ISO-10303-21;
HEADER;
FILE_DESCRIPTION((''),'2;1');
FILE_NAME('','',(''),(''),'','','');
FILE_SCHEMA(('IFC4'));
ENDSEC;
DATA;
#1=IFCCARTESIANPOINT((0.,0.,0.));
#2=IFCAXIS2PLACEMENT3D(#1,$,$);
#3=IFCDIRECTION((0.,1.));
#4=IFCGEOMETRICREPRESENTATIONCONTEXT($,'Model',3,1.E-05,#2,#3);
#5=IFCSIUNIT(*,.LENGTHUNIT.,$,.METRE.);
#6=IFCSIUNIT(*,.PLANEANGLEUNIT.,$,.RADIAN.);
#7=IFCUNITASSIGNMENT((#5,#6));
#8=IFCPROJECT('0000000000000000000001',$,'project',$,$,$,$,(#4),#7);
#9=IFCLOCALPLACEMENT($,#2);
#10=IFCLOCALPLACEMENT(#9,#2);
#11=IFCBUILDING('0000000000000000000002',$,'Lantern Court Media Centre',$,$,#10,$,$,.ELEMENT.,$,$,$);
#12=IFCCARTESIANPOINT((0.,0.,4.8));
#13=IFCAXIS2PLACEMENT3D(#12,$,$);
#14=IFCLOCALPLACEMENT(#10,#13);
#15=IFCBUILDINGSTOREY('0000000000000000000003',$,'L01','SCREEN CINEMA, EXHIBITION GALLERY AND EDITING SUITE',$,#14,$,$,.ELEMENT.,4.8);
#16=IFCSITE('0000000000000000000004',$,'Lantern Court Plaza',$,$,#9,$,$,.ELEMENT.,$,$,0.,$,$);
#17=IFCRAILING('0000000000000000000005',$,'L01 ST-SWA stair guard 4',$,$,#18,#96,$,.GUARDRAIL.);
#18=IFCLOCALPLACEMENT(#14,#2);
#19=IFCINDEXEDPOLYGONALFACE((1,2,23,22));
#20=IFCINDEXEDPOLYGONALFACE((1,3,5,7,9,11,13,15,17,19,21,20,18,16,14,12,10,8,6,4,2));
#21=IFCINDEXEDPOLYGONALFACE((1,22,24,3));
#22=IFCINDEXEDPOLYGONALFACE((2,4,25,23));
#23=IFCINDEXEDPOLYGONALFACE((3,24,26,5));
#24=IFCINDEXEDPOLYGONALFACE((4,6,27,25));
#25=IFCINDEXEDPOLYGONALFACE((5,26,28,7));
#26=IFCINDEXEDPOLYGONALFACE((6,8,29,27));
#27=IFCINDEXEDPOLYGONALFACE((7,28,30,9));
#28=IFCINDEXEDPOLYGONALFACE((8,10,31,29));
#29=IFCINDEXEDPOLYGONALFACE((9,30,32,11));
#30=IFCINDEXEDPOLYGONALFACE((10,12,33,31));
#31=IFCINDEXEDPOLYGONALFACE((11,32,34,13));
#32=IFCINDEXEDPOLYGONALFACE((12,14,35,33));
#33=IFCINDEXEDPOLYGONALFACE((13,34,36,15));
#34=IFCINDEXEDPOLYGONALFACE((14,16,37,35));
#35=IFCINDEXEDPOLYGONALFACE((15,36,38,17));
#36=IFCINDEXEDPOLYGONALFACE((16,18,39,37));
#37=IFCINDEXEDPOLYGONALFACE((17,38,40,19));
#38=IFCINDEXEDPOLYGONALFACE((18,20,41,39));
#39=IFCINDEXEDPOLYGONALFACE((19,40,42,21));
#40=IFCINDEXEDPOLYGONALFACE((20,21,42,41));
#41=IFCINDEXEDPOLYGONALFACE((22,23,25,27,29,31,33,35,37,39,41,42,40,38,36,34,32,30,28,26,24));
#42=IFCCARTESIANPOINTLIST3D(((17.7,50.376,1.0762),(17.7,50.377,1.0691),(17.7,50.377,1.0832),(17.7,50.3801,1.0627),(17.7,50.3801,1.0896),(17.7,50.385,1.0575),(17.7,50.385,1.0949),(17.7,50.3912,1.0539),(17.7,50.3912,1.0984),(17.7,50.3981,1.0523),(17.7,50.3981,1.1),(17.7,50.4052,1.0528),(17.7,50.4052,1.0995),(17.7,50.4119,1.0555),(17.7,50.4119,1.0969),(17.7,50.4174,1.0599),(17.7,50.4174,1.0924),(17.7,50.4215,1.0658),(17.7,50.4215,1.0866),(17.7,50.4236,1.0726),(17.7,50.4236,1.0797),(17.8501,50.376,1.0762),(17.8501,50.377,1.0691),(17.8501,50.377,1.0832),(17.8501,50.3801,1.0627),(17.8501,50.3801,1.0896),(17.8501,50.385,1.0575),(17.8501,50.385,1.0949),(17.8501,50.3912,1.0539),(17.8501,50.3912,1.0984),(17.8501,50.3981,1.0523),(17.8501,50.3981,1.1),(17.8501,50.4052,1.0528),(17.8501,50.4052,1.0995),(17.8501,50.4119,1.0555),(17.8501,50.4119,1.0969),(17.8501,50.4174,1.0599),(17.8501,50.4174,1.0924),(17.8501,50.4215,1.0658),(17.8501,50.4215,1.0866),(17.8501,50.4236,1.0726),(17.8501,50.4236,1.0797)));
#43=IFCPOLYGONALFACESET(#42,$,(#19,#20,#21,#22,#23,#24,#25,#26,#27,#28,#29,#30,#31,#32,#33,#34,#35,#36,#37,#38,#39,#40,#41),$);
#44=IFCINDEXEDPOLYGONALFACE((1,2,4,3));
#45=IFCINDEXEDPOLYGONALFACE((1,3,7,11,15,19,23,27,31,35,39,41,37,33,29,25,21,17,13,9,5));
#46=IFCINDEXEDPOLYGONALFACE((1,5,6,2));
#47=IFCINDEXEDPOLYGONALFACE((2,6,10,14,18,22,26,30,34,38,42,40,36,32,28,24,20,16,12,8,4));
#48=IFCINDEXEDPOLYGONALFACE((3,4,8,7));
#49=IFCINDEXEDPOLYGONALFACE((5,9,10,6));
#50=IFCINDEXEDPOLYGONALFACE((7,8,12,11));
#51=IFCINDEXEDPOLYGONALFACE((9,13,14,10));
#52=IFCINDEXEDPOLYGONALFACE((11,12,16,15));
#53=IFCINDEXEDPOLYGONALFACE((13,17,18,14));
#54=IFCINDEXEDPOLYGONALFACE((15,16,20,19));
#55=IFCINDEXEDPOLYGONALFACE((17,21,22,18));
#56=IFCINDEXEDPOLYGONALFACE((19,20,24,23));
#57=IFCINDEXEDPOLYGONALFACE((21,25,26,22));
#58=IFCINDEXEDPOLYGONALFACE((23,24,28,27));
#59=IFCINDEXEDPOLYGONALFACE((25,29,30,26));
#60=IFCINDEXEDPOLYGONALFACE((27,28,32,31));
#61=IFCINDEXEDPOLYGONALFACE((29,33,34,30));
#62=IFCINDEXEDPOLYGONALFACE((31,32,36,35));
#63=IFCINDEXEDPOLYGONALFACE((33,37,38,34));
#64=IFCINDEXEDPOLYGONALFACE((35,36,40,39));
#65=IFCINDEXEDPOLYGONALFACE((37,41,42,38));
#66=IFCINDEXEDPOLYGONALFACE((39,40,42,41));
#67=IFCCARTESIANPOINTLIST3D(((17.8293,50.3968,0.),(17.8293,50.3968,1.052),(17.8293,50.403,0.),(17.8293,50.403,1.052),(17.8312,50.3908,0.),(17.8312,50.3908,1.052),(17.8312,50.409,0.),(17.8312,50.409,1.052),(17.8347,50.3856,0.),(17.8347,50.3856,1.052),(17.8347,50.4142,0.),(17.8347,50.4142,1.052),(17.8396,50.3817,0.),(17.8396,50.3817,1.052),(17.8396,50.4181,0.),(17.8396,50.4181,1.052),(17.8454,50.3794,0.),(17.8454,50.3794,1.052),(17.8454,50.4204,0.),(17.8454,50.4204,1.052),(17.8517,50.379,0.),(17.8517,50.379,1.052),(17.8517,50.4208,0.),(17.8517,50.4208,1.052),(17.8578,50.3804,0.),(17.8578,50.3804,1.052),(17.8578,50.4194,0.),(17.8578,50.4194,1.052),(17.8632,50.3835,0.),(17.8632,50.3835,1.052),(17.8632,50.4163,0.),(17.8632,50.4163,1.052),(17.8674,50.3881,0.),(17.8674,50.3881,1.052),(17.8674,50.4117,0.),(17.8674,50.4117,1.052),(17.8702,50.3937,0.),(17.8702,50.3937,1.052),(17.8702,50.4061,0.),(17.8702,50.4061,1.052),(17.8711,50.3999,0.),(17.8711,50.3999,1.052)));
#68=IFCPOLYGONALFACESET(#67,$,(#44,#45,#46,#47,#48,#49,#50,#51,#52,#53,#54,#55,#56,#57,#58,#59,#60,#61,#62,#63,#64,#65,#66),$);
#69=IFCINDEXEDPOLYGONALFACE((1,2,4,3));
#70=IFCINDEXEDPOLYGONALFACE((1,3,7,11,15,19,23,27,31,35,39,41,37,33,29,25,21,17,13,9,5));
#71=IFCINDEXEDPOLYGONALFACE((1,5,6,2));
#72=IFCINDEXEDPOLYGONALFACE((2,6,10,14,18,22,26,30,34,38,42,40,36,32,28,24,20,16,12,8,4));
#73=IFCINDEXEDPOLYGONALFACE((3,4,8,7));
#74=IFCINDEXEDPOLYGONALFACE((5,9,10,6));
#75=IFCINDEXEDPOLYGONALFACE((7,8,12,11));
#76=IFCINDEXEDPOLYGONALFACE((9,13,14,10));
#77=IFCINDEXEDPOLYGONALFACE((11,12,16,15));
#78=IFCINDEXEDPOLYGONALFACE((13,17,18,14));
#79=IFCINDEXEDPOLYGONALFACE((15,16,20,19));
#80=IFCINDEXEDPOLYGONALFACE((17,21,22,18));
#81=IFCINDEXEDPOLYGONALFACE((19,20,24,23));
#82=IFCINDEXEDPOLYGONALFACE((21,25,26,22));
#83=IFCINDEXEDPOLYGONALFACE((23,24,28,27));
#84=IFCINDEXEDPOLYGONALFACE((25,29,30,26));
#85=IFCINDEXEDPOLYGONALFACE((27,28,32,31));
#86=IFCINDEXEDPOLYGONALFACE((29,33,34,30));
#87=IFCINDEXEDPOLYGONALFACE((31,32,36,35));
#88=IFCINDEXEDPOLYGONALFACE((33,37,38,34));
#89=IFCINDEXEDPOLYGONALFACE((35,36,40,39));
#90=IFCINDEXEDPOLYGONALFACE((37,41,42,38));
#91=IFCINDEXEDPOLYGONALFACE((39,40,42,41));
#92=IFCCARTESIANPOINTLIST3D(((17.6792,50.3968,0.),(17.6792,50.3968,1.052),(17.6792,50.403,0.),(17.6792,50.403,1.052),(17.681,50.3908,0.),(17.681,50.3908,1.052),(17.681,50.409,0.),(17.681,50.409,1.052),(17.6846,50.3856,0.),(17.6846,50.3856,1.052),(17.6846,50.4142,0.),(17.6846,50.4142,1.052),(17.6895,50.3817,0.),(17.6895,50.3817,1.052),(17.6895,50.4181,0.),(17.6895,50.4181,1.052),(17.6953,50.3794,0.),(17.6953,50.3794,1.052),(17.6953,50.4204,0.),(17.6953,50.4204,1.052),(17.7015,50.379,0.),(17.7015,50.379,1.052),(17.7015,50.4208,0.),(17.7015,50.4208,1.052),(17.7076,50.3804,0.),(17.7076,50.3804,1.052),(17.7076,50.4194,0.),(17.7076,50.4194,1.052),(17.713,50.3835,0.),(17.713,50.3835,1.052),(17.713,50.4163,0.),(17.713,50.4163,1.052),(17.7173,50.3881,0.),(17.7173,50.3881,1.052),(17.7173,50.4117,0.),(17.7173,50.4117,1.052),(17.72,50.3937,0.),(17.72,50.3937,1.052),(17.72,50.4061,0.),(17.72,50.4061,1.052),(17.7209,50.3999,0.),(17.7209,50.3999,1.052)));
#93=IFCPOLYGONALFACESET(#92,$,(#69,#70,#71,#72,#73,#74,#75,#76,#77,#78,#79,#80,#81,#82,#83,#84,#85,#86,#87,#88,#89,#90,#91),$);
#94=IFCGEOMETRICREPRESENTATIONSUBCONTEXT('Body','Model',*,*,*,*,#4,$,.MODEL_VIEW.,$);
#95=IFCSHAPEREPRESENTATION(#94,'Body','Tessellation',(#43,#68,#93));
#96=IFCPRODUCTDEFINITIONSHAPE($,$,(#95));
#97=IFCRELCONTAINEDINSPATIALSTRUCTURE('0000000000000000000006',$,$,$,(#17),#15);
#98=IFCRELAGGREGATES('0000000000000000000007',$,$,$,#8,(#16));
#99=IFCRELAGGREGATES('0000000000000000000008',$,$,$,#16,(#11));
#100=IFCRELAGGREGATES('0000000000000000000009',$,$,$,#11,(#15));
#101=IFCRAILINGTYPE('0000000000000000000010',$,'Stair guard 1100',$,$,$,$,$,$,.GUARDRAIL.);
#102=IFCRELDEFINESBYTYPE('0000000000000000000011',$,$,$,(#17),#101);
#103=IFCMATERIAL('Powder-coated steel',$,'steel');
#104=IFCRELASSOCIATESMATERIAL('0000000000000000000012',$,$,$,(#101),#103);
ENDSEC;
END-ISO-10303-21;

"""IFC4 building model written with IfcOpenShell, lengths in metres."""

from ifc_helpers import new_model, si_unit, direction, frame, origin, origin_2d, place, context, subcontext, project, spatial, circle, extrude, material, type_object, element, save


model = new_model("IFC4")

# Units and contexts
model_context = context("Model", 3, precision=1e-05, world=origin(), true_north=direction((0.0, 1.0)))
body_context = subcontext(model_context, "Body", "Model", "MODEL_VIEW")
ifc_project = project(units=[si_unit("LENGTHUNIT", "METRE"), si_unit("PLANEANGLEUNIT", "RADIAN")], contexts=[model_context])

# Site, building, storey
site_placement = place(None, origin())
site = spatial("IfcSite", under=ifc_project, at=site_placement, Name="Lantern Court Plaza", CompositionType="ELEMENT", RefElevation=0.0)
building_placement = place(site_placement, origin())
building = spatial("IfcBuilding", under=site, at=building_placement, Name="Lantern Court Media Centre", CompositionType="ELEMENT")
storey_placement = place(building_placement, frame((0.0, 0.0, 4.8)))
storey = spatial("IfcBuildingStorey", under=building, at=storey_placement, Name="L01", Description="SCREEN CINEMA, EXHIBITION GALLERY AND EDITING SUITE", CompositionType="ELEMENT", Elevation=4.8)

# Shared definitions
ifc_material_1 = material(Name="Powder-coated steel", Category="steel")

# Railing
railing_type_1 = type_object("IfcRailingType", Name="Stair guard 1100", PredefinedType="GUARDRAIL", material=ifc_material_1)
railing_1_placement = place(storey_placement, frame((17.8501, 50.3999, 0.0)))
element("IfcRailing", 1, at=railing_1_placement, inside=storey, type_object=railing_type_1, Name="L01 ST-SWA stair guard 4", PredefinedType="GUARDRAIL", context=body_context, shape_type="SweptSolid", body=[
    extrude(circle(Radius=0.0239, at=origin_2d()), frame((0.0, 0.0, 1.0762), z_axis=(-1.0, 0.0, 0.0), x_axis=(0.0, -1.0, 0.0)), (0.0, 0.0, 1.0), 0.1501),
    extrude(circle(Radius=0.021, at=origin_2d()), origin(), (0.0, 0.0, 1.0), 1.052),
    extrude(circle(Radius=0.021, at=origin_2d()), frame((-0.1501, 0.0, 0.0)), (0.0, 0.0, 1.0), 1.052),
])

save(model, "model.ifc")
